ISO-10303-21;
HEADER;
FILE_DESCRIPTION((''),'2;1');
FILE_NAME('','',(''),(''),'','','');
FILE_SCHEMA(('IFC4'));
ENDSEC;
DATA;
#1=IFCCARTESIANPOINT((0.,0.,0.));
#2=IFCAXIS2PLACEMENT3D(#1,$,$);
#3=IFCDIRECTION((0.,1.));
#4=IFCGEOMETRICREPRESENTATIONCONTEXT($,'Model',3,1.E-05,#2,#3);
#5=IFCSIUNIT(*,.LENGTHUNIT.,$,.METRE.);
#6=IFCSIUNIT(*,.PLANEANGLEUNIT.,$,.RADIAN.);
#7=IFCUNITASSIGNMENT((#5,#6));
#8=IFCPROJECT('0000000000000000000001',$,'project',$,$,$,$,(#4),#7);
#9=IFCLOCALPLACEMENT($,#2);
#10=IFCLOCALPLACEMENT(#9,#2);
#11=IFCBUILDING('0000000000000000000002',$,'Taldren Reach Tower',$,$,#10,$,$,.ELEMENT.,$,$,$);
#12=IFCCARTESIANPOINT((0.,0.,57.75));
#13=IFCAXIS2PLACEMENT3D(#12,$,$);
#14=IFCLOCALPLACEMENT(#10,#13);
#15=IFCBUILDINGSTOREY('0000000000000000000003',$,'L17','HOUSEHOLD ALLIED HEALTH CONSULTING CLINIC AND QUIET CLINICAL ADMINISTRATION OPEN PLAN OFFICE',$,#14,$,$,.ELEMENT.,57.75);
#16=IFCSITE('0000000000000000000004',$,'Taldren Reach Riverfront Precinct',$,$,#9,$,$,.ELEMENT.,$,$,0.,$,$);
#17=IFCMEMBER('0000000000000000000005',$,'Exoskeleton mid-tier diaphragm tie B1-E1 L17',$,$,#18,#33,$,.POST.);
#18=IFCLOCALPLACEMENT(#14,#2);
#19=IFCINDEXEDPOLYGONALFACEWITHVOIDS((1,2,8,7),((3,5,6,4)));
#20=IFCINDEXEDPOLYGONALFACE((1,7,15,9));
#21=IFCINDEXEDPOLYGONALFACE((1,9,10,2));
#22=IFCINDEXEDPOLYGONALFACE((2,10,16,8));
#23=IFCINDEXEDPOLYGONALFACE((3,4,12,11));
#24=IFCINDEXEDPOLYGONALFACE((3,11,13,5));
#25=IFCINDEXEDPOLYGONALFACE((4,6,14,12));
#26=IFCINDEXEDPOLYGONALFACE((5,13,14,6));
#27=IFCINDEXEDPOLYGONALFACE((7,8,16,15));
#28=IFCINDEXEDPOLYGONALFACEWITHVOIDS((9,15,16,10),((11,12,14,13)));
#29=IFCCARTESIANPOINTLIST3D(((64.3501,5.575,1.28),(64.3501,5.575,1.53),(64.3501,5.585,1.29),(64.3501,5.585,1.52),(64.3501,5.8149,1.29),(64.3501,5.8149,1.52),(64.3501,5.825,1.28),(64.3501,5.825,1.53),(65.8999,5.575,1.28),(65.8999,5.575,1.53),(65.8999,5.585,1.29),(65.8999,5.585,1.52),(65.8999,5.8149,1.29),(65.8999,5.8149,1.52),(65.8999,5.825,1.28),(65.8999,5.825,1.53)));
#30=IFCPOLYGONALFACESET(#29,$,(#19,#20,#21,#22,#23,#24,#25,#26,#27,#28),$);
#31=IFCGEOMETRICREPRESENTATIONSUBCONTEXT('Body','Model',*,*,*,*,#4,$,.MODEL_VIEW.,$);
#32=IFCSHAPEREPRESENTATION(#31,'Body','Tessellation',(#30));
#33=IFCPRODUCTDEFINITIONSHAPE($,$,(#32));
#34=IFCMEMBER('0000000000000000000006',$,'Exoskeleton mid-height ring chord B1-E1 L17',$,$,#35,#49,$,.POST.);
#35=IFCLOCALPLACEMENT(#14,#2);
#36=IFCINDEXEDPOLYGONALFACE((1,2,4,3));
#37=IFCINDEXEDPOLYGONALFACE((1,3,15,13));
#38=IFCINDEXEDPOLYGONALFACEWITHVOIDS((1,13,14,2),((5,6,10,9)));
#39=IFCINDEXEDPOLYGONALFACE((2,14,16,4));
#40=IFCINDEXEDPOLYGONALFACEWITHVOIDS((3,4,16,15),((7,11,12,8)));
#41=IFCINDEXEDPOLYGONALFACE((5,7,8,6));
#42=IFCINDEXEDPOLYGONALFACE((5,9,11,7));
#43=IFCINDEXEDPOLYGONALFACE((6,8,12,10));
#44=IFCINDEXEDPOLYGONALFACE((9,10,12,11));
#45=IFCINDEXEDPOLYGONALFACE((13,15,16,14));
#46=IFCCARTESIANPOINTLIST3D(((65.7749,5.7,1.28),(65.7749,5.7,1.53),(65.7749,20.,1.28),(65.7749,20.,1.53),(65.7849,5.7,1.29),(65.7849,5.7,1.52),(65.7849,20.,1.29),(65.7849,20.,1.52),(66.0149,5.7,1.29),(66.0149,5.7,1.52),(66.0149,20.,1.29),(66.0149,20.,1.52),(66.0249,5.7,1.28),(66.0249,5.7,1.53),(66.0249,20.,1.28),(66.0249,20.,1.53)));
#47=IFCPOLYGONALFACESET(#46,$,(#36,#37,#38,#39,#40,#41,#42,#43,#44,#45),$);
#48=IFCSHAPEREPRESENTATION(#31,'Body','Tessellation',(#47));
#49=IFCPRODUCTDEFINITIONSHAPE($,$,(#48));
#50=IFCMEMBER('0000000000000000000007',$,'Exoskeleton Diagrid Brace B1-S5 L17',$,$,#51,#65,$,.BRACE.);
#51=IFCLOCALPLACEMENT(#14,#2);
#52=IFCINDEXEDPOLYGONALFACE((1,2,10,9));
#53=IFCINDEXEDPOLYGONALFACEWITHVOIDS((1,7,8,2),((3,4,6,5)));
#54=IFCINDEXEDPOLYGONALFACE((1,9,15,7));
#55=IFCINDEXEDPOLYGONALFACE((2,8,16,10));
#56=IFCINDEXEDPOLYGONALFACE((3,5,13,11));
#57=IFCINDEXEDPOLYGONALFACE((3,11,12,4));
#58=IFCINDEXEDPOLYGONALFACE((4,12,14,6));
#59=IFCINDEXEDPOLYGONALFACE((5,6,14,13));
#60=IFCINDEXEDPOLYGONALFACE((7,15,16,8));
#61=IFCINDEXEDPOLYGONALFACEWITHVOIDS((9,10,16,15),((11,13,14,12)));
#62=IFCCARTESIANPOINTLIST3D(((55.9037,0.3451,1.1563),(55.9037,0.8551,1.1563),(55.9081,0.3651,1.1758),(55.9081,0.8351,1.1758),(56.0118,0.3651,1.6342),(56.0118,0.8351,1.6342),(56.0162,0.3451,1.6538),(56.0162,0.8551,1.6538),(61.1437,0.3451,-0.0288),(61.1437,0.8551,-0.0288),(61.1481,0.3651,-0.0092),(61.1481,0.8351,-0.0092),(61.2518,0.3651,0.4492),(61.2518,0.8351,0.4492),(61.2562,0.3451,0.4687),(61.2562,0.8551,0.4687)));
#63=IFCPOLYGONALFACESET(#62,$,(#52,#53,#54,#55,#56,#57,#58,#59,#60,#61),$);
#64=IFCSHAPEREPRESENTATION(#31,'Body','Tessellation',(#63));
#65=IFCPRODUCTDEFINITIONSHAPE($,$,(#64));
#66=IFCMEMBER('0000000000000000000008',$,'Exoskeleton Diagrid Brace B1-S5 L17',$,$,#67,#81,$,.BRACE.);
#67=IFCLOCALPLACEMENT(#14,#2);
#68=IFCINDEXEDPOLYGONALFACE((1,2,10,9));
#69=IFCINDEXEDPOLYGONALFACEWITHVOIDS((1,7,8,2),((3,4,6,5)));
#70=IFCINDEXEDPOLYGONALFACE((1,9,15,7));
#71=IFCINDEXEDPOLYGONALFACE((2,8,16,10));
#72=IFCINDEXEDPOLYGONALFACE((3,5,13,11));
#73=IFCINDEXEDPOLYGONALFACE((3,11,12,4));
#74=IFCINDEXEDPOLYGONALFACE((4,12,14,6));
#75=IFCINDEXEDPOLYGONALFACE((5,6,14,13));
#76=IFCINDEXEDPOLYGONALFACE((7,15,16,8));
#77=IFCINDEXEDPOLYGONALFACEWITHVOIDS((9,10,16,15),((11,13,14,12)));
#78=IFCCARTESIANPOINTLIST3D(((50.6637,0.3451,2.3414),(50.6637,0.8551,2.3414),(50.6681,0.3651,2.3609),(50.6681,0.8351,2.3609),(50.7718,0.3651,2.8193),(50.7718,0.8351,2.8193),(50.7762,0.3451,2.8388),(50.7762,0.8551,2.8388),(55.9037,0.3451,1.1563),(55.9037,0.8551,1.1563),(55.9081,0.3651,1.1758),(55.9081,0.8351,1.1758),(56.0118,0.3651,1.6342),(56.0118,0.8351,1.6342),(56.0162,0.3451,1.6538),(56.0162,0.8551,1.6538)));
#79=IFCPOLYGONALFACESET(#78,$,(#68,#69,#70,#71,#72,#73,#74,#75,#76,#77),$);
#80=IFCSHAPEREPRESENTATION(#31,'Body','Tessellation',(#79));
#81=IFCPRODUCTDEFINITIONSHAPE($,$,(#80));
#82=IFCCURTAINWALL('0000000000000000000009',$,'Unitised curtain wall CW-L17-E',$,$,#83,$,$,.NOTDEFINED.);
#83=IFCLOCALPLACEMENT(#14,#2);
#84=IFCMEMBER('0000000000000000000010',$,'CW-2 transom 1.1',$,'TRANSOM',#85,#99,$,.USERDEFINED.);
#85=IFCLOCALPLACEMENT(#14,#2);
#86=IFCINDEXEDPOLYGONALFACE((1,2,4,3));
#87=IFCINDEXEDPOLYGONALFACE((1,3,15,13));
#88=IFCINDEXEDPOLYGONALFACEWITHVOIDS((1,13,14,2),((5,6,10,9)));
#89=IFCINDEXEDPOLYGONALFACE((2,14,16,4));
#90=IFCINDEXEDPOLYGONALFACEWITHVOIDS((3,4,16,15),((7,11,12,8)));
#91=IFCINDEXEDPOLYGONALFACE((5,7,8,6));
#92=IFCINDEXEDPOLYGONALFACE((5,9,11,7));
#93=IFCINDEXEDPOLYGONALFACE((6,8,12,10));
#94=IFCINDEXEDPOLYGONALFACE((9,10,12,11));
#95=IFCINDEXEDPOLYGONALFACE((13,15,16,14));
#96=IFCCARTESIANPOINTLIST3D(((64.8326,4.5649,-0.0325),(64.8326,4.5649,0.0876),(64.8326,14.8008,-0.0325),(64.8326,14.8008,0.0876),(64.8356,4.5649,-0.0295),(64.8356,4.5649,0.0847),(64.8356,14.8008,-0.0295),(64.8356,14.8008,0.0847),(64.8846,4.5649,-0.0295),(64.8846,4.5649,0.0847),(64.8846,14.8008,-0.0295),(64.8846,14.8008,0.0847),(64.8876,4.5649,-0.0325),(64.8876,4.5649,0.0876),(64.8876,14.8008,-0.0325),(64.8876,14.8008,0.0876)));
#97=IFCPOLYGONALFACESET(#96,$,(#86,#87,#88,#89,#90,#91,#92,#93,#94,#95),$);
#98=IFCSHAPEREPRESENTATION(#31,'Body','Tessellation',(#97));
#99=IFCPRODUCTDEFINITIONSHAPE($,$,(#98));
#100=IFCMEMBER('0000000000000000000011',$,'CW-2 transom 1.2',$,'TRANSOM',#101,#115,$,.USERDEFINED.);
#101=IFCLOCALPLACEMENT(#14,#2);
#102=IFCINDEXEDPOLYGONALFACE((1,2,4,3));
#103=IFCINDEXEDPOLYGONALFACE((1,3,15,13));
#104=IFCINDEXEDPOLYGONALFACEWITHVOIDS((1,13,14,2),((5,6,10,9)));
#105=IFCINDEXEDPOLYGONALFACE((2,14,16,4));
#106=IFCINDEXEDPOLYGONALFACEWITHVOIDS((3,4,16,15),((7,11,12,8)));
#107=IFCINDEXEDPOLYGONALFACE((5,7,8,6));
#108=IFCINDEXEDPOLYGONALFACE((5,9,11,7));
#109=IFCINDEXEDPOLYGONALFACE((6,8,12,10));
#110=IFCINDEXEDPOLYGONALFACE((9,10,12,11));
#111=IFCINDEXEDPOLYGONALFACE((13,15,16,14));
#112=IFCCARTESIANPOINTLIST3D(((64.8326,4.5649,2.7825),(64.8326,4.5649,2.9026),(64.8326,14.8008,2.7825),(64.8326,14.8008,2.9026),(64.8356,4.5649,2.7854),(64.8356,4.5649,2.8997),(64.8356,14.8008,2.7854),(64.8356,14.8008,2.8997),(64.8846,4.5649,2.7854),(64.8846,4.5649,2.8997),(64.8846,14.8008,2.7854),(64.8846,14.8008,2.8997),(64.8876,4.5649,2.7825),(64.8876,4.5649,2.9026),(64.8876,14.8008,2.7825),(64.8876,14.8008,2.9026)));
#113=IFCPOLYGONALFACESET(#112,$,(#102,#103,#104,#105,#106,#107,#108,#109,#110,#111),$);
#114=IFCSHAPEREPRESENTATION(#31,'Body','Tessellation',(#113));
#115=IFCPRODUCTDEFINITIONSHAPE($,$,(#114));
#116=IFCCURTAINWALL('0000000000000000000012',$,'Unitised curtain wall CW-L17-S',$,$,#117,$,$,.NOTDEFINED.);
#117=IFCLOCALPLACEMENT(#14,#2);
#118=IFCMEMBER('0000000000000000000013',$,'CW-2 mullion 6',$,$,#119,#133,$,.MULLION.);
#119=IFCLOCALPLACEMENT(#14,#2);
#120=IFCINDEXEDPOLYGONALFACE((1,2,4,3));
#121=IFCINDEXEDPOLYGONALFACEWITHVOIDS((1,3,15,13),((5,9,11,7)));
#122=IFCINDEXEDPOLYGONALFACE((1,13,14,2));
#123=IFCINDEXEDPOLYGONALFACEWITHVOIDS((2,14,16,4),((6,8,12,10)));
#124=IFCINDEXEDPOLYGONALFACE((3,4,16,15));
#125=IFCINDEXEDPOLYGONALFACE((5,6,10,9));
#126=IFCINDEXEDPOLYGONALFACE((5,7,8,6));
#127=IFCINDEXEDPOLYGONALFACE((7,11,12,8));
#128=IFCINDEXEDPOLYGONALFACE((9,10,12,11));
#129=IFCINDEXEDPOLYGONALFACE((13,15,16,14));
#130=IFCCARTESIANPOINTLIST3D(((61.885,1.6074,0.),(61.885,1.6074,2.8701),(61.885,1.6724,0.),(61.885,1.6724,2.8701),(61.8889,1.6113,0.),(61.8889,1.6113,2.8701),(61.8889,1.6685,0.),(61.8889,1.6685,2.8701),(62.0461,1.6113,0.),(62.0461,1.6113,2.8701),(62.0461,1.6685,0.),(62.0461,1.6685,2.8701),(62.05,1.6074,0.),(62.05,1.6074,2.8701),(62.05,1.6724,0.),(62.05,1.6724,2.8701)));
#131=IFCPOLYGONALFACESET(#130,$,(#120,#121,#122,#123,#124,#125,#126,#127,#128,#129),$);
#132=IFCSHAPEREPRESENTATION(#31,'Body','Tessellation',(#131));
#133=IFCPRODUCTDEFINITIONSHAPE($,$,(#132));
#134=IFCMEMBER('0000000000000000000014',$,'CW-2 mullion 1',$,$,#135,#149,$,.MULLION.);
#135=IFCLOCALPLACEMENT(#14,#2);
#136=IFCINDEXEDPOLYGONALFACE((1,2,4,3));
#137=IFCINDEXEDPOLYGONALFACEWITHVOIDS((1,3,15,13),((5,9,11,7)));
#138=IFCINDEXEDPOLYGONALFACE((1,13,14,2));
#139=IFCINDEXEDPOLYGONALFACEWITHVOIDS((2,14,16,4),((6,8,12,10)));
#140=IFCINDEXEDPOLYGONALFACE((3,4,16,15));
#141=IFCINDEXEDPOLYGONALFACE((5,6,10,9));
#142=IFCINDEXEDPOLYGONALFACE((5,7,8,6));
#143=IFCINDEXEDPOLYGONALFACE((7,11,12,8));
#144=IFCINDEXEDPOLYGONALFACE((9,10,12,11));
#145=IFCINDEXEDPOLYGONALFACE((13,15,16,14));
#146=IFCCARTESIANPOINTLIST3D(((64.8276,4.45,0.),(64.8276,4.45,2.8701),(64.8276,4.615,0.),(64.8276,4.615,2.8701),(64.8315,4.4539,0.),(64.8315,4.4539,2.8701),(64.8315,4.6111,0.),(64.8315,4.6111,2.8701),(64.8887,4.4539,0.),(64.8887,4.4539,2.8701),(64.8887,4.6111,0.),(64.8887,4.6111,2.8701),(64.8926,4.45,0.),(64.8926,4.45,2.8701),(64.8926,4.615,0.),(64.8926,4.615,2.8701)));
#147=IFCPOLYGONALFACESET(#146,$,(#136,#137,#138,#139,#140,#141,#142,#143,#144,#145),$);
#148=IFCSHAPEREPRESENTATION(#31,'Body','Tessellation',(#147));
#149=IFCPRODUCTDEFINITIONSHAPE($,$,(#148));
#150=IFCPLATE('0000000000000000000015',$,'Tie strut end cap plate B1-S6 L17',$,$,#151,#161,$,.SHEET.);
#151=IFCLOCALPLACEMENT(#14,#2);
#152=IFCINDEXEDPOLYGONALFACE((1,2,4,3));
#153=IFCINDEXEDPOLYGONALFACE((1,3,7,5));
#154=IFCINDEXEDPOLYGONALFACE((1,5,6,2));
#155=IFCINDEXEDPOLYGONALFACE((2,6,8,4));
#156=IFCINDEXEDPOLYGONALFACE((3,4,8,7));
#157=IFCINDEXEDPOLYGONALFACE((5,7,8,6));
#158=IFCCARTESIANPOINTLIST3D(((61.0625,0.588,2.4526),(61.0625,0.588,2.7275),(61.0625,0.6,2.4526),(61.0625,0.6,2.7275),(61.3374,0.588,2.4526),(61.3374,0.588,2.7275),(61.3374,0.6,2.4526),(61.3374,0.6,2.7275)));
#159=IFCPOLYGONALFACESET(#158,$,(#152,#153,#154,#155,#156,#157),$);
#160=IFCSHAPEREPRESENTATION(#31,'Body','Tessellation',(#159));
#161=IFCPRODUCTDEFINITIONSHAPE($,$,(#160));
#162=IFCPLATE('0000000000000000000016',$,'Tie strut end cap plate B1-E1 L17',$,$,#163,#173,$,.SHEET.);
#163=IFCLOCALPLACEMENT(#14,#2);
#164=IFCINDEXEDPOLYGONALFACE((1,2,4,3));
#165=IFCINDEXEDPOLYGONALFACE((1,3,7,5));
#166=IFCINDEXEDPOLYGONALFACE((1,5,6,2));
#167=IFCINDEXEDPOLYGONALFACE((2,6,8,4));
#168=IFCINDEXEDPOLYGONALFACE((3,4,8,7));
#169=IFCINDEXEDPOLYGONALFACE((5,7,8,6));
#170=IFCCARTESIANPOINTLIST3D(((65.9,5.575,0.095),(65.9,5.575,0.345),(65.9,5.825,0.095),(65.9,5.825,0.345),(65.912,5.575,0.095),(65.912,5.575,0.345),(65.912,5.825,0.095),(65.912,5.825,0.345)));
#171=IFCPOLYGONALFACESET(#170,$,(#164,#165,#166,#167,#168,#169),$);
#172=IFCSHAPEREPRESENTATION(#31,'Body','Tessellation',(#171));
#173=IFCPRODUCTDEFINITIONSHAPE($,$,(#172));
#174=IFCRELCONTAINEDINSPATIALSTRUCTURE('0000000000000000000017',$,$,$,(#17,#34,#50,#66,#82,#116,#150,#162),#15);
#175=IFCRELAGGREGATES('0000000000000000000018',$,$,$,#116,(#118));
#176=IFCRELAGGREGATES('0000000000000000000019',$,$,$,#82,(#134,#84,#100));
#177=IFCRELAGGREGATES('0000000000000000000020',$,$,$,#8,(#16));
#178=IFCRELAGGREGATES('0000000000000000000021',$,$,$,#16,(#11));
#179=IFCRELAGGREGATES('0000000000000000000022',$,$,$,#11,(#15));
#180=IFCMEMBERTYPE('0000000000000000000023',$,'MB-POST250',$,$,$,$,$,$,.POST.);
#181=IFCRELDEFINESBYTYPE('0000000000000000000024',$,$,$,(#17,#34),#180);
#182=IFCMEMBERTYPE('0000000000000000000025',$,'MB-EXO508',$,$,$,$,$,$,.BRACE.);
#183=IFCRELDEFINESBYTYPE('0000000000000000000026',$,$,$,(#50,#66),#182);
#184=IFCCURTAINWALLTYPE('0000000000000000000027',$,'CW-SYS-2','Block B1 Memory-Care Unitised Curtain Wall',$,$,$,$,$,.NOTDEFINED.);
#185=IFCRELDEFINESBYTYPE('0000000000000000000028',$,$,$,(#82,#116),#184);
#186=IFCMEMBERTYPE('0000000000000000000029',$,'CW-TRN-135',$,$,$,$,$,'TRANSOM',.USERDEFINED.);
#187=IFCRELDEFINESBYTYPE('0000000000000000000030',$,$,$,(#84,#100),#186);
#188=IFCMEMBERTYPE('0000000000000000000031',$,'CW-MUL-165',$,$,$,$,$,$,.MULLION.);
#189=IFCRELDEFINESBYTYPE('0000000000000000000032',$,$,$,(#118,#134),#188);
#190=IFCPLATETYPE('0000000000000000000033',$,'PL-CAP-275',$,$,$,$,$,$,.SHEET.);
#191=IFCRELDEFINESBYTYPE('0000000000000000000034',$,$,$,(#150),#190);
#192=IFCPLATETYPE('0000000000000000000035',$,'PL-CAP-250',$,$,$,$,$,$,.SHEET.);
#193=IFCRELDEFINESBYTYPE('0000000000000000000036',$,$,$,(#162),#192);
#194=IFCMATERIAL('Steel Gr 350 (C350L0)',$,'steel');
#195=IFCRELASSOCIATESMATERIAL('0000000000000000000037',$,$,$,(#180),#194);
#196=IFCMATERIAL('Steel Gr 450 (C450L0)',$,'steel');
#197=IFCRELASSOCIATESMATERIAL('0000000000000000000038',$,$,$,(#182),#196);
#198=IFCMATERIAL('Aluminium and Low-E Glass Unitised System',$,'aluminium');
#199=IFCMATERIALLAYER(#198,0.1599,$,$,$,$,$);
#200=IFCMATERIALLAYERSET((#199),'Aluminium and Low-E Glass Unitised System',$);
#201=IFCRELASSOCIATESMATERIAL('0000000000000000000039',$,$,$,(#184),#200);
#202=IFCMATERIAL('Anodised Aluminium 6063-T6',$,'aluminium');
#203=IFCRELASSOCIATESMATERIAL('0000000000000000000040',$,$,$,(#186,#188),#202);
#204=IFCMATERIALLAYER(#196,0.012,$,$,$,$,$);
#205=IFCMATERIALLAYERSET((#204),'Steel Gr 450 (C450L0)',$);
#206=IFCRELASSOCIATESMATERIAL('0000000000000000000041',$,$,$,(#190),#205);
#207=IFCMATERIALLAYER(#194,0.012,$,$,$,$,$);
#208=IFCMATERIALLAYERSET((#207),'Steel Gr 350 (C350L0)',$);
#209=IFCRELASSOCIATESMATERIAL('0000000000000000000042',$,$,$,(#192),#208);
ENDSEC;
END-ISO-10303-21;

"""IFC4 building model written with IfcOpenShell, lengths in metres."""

from ifc_helpers import new_model, si_unit, direction, frame, origin, origin_2d, place, context, subcontext, project, spatial, rectangle, hollow_rectangle, extrude, source, transform, mapped, material, layer, layer_set, material_profile, profile_set, type_object, element, aggregate, save


model = new_model("IFC4")

# Units and contexts
model_context = context("Model", 3, precision=1e-05, world=origin(), true_north=direction((0.0, 1.0)))
body_context = subcontext(model_context, "Body", "Model", "MODEL_VIEW")
ifc_project = project(units=[si_unit("LENGTHUNIT", "METRE"), si_unit("PLANEANGLEUNIT", "RADIAN")], contexts=[model_context])

# Site, building, storey
site_placement = place(None, origin())
site = spatial("IfcSite", under=ifc_project, at=site_placement, Name="Taldren Reach Riverfront Precinct", CompositionType="ELEMENT", RefElevation=0.0)
building_placement = place(site_placement, origin())
building = spatial("IfcBuilding", under=site, at=building_placement, Name="Taldren Reach Tower", CompositionType="ELEMENT")
storey_placement = place(building_placement, frame((0.0, 0.0, 57.75)))
storey = spatial("IfcBuildingStorey", under=building, at=storey_placement, Name="L17", Description="HOUSEHOLD ALLIED HEALTH CONSULTING CLINIC AND QUIET CLINICAL ADMINISTRATION OPEN PLAN OFFICE", CompositionType="ELEMENT", Elevation=57.75)

# Members
ifc_material_1 = material(Name="Steel Gr 450 (C450L0)", Category="steel")
ifc_material_2 = material(Name="Steel Gr 350 (C350L0)", Category="steel")
ifc_material_profile_1 = material_profile(ifc_material_2, hollow_rectangle(XDim=0.25, YDim=0.25, WallThickness=0.01, at=origin_2d()), Name="250x250x10.0SHS")
ifc_profile_set_1 = profile_set([ifc_material_profile_1], Name="Steel Gr 350 (C350L0)")
member_type_1 = type_object("IfcMemberType", Name="MB-POST250", PredefinedType="POST", material=ifc_profile_set_1)
shared_shape_1 = source(origin(), body_context, "Body", "SweptSolid", [
    extrude(hollow_rectangle(XDim=0.25, YDim=0.25, WallThickness=0.01, at=origin_2d()), origin(), (0.0, 0.0, 1.0), 1.5498),
])
for number, where, z_axis, x_axis, name in (
    (1, (64.3501, 5.7, 1.405), (1.0, 0.0, 0.0), (0.0, 1.0, 0.0), "Exoskeleton mid-tier diaphragm tie B1-E1 L17"),
):
    element("IfcMember", number, at=place(storey_placement, frame(where, z_axis=z_axis, x_axis=x_axis)), inside=storey, type_object=member_type_1, Name=name, PredefinedType="POST", context=body_context, shape_type="MappedRepresentation", body=[
        mapped(shared_shape_1, transform((0.0, 0.0, 0.0), scale=1.0)),
    ])
shared_shape_2 = source(origin(), body_context, "Body", "SweptSolid", [
    extrude(hollow_rectangle(XDim=0.25, YDim=0.25, WallThickness=0.01, at=origin_2d()), origin(), (0.0, 0.0, 1.0), 14.3),
])
member_1_placement = place(storey_placement, frame((65.8999, 5.7, 1.405), z_axis=(0.0, 1.0, 0.0), x_axis=(-1.0, 0.0, 0.0)))
element("IfcMember", 2, at=member_1_placement, inside=storey, type_object=member_type_1, Name="Exoskeleton mid-height ring chord B1-E1 L17", PredefinedType="POST", context=body_context, shape_type="MappedRepresentation", body=[
    mapped(shared_shape_2, transform((0.0, 0.0, 0.0), scale=1.0)),
])
ifc_material_profile_2 = material_profile(ifc_material_1, hollow_rectangle(XDim=0.51, YDim=0.51, WallThickness=0.02, at=origin_2d()), Name="510x510x20.0SHS")
ifc_profile_set_2 = profile_set([ifc_material_profile_2], Name="Steel Gr 450 (C450L0)")
member_type_2 = type_object("IfcMemberType", Name="MB-EXO508", PredefinedType="BRACE", material=ifc_profile_set_2)
shared_shape_3 = source(origin(), body_context, "Body", "SweptSolid", [
    extrude(hollow_rectangle(XDim=0.51, YDim=0.51, WallThickness=0.02, at=origin_2d()), origin(), (0.0, 0.0, 1.0), 5.3723),
])
for number, where, z_axis, x_axis, name in (
    (3, (61.2, 0.6001, 0.22), (-0.975368, 0.0, 0.220586), (0.0, -1.0, 0.0), "Exoskeleton Diagrid Brace B1-S5 L17"),
    (4, (55.96, 0.6001, 1.405), (-0.975368, 0.0, 0.220586), (0.0, -1.0, 0.0), "Exoskeleton Diagrid Brace B1-S5 L17"),
):
    element("IfcMember", number, at=place(storey_placement, frame(where, z_axis=z_axis, x_axis=x_axis)), inside=storey, type_object=member_type_2, Name=name, PredefinedType="BRACE", context=body_context, shape_type="MappedRepresentation", body=[
        mapped(shared_shape_3, transform((0.0, 0.0, 0.0), scale=1.0)),
    ])

# Curtain wall, members
ifc_material_3 = material(Name="Aluminium and Low-E Glass Unitised System", Category="aluminium")
ifc_layer_1 = layer(ifc_material_3, 0.1599)
ifc_layer_set_1 = layer_set([ifc_layer_1], Name="Aluminium and Low-E Glass Unitised System")
curtain_wall_type = type_object("IfcCurtainWallType", Name="CW-SYS-2", Description="Block B1 Memory-Care Unitised Curtain Wall", PredefinedType="NOTDEFINED", material=ifc_layer_set_1)
curtain_wall_1_placement = place(storey_placement, origin())
curtain_wall_1 = element("IfcCurtainWall", 5, at=curtain_wall_1_placement, inside=storey, type_object=curtain_wall_type, Name="Unitised curtain wall CW-L17-E", PredefinedType="NOTDEFINED")
ifc_material_4 = material(Name="Anodised Aluminium 6063-T6", Category="aluminium")
ifc_material_profile_3 = material_profile(ifc_material_4, hollow_rectangle(XDim=0.0549, YDim=0.1201, WallThickness=0.0029, at=origin_2d()), Name="ALU-120x55x3RHS")
ifc_profile_set_3 = profile_set([ifc_material_profile_3], Name="Anodised Aluminium 6063-T6")
member_type_3 = type_object("IfcMemberType", Name="CW-TRN-135", ElementType="TRANSOM", PredefinedType="USERDEFINED", material=ifc_profile_set_3)
shared_shape_4 = source(origin(), body_context, "Body", "SweptSolid", [
    extrude(hollow_rectangle(XDim=0.0549, YDim=0.1201, WallThickness=0.0029, at=origin_2d()), origin(), (0.0, 0.0, 1.0), 10.2358),
])
member_2_placement = place(storey_placement, frame((64.8601, 4.5649, 0.0276), z_axis=(0.0, 1.0, 0.0), x_axis=(-1.0, 0.0, 0.0)))
member_2 = element("IfcMember", 6, at=member_2_placement, type_object=member_type_3, Name="CW-2 transom 1.1", ObjectType="TRANSOM", PredefinedType="USERDEFINED", context=body_context, shape_type="MappedRepresentation", body=[
    mapped(shared_shape_4, transform((0.0, 0.0, 0.0), scale=1.0)),
])
member_3_placement = place(storey_placement, frame((64.8601, 4.5649, 2.8425), z_axis=(0.0, 1.0, 0.0), x_axis=(-1.0, 0.0, 0.0)))
member_3 = element("IfcMember", 7, at=member_3_placement, type_object=member_type_3, Name="CW-2 transom 1.2", ObjectType="TRANSOM", PredefinedType="USERDEFINED", context=body_context, shape_type="MappedRepresentation", body=[
    mapped(shared_shape_4, transform((0.0, 0.0, 0.0), scale=1.0)),
])

# Curtain wall, member
curtain_wall_2_placement = place(storey_placement, origin())
curtain_wall_2 = element("IfcCurtainWall", 8, at=curtain_wall_2_placement, inside=storey, type_object=curtain_wall_type, Name="Unitised curtain wall CW-L17-S", PredefinedType="NOTDEFINED")
ifc_material_profile_4 = material_profile(ifc_material_4, hollow_rectangle(XDim=0.0649, YDim=0.165, WallThickness=0.0039, at=origin_2d()), Name="ALU-165x65x4RHS")
ifc_profile_set_4 = profile_set([ifc_material_profile_4], Name="Anodised Aluminium 6063-T6")
member_type_4 = type_object("IfcMemberType", Name="CW-MUL-165", PredefinedType="MULLION", material=ifc_profile_set_4)
shared_shape_5 = source(origin(), body_context, "Body", "SweptSolid", [
    extrude(hollow_rectangle(XDim=0.0649, YDim=0.165, WallThickness=0.0039, at=origin_2d()), origin(), (0.0, 0.0, 1.0), 2.8701),
])
member_4_placement = place(storey_placement, frame((61.9675, 1.6399, 0.0), z_axis=(0.0, 0.0, 1.0), x_axis=(0.0, 1.0, 0.0)))
member_4 = element("IfcMember", 9, at=member_4_placement, type_object=member_type_4, Name="CW-2 mullion 6", PredefinedType="MULLION", context=body_context, shape_type="MappedRepresentation", body=[
    mapped(shared_shape_5, transform((0.0, 0.0, 0.0), scale=1.0)),
])

# Member
member_5_placement = place(storey_placement, frame((64.8601, 4.5325, 0.0), z_axis=(0.0, 0.0, 1.0), x_axis=(-1.0, 0.0, 0.0)))
member_5 = element("IfcMember", 10, at=member_5_placement, type_object=member_type_4, Name="CW-2 mullion 1", PredefinedType="MULLION", context=body_context, shape_type="MappedRepresentation", body=[
    mapped(shared_shape_5, transform((0.0, 0.0, 0.0), scale=1.0)),
])

# Plates
ifc_layer_2 = layer(ifc_material_1, 0.012)
ifc_layer_set_2 = layer_set([ifc_layer_2], Name="Steel Gr 450 (C450L0)")
plate_type_1 = type_object("IfcPlateType", Name="PL-CAP-275", PredefinedType="SHEET", material=ifc_layer_set_2)
shared_shape_6 = source(origin(), body_context, "Body", "SweptSolid", [
    extrude(rectangle(XDim=0.2749, YDim=0.012, at=origin_2d()), origin(), (0.0, 0.0, 1.0), 0.2749),
])
plate_1_placement = place(storey_placement, frame((61.2, 0.594, 2.4526), z_axis=(0.0, 0.0, 1.0), x_axis=(1.0, 0.0, 0.0)))
element("IfcPlate", 11, at=plate_1_placement, inside=storey, type_object=plate_type_1, Name="Tie strut end cap plate B1-S6 L17", PredefinedType="SHEET", context=body_context, shape_type="MappedRepresentation", body=[
    mapped(shared_shape_6, transform((0.0, 0.0, 0.0), scale=1.0)),
])
ifc_layer_3 = layer(ifc_material_2, 0.012)
ifc_layer_set_3 = layer_set([ifc_layer_3], Name="Steel Gr 350 (C350L0)")
plate_type_2 = type_object("IfcPlateType", Name="PL-CAP-250", PredefinedType="SHEET", material=ifc_layer_set_3)
shared_shape_7 = source(origin(), body_context, "Body", "SweptSolid", [
    extrude(rectangle(XDim=0.012, YDim=0.25, at=origin_2d()), origin(), (0.0, 0.0, 1.0), 0.25),
])
plate_2_placement = place(storey_placement, frame((65.906, 5.7, 0.095), z_axis=(0.0, 0.0, 1.0), x_axis=(1.0, 0.0, 0.0)))
element("IfcPlate", 12, at=plate_2_placement, inside=storey, type_object=plate_type_2, Name="Tie strut end cap plate B1-E1 L17", PredefinedType="SHEET", context=body_context, shape_type="MappedRepresentation", body=[
    mapped(shared_shape_7, transform((0.0, 0.0, 0.0), scale=1.0)),
])

aggregate(curtain_wall_2, [member_4])
aggregate(curtain_wall_1, [member_5, member_2, member_3])

save(model, "model.ifc")
